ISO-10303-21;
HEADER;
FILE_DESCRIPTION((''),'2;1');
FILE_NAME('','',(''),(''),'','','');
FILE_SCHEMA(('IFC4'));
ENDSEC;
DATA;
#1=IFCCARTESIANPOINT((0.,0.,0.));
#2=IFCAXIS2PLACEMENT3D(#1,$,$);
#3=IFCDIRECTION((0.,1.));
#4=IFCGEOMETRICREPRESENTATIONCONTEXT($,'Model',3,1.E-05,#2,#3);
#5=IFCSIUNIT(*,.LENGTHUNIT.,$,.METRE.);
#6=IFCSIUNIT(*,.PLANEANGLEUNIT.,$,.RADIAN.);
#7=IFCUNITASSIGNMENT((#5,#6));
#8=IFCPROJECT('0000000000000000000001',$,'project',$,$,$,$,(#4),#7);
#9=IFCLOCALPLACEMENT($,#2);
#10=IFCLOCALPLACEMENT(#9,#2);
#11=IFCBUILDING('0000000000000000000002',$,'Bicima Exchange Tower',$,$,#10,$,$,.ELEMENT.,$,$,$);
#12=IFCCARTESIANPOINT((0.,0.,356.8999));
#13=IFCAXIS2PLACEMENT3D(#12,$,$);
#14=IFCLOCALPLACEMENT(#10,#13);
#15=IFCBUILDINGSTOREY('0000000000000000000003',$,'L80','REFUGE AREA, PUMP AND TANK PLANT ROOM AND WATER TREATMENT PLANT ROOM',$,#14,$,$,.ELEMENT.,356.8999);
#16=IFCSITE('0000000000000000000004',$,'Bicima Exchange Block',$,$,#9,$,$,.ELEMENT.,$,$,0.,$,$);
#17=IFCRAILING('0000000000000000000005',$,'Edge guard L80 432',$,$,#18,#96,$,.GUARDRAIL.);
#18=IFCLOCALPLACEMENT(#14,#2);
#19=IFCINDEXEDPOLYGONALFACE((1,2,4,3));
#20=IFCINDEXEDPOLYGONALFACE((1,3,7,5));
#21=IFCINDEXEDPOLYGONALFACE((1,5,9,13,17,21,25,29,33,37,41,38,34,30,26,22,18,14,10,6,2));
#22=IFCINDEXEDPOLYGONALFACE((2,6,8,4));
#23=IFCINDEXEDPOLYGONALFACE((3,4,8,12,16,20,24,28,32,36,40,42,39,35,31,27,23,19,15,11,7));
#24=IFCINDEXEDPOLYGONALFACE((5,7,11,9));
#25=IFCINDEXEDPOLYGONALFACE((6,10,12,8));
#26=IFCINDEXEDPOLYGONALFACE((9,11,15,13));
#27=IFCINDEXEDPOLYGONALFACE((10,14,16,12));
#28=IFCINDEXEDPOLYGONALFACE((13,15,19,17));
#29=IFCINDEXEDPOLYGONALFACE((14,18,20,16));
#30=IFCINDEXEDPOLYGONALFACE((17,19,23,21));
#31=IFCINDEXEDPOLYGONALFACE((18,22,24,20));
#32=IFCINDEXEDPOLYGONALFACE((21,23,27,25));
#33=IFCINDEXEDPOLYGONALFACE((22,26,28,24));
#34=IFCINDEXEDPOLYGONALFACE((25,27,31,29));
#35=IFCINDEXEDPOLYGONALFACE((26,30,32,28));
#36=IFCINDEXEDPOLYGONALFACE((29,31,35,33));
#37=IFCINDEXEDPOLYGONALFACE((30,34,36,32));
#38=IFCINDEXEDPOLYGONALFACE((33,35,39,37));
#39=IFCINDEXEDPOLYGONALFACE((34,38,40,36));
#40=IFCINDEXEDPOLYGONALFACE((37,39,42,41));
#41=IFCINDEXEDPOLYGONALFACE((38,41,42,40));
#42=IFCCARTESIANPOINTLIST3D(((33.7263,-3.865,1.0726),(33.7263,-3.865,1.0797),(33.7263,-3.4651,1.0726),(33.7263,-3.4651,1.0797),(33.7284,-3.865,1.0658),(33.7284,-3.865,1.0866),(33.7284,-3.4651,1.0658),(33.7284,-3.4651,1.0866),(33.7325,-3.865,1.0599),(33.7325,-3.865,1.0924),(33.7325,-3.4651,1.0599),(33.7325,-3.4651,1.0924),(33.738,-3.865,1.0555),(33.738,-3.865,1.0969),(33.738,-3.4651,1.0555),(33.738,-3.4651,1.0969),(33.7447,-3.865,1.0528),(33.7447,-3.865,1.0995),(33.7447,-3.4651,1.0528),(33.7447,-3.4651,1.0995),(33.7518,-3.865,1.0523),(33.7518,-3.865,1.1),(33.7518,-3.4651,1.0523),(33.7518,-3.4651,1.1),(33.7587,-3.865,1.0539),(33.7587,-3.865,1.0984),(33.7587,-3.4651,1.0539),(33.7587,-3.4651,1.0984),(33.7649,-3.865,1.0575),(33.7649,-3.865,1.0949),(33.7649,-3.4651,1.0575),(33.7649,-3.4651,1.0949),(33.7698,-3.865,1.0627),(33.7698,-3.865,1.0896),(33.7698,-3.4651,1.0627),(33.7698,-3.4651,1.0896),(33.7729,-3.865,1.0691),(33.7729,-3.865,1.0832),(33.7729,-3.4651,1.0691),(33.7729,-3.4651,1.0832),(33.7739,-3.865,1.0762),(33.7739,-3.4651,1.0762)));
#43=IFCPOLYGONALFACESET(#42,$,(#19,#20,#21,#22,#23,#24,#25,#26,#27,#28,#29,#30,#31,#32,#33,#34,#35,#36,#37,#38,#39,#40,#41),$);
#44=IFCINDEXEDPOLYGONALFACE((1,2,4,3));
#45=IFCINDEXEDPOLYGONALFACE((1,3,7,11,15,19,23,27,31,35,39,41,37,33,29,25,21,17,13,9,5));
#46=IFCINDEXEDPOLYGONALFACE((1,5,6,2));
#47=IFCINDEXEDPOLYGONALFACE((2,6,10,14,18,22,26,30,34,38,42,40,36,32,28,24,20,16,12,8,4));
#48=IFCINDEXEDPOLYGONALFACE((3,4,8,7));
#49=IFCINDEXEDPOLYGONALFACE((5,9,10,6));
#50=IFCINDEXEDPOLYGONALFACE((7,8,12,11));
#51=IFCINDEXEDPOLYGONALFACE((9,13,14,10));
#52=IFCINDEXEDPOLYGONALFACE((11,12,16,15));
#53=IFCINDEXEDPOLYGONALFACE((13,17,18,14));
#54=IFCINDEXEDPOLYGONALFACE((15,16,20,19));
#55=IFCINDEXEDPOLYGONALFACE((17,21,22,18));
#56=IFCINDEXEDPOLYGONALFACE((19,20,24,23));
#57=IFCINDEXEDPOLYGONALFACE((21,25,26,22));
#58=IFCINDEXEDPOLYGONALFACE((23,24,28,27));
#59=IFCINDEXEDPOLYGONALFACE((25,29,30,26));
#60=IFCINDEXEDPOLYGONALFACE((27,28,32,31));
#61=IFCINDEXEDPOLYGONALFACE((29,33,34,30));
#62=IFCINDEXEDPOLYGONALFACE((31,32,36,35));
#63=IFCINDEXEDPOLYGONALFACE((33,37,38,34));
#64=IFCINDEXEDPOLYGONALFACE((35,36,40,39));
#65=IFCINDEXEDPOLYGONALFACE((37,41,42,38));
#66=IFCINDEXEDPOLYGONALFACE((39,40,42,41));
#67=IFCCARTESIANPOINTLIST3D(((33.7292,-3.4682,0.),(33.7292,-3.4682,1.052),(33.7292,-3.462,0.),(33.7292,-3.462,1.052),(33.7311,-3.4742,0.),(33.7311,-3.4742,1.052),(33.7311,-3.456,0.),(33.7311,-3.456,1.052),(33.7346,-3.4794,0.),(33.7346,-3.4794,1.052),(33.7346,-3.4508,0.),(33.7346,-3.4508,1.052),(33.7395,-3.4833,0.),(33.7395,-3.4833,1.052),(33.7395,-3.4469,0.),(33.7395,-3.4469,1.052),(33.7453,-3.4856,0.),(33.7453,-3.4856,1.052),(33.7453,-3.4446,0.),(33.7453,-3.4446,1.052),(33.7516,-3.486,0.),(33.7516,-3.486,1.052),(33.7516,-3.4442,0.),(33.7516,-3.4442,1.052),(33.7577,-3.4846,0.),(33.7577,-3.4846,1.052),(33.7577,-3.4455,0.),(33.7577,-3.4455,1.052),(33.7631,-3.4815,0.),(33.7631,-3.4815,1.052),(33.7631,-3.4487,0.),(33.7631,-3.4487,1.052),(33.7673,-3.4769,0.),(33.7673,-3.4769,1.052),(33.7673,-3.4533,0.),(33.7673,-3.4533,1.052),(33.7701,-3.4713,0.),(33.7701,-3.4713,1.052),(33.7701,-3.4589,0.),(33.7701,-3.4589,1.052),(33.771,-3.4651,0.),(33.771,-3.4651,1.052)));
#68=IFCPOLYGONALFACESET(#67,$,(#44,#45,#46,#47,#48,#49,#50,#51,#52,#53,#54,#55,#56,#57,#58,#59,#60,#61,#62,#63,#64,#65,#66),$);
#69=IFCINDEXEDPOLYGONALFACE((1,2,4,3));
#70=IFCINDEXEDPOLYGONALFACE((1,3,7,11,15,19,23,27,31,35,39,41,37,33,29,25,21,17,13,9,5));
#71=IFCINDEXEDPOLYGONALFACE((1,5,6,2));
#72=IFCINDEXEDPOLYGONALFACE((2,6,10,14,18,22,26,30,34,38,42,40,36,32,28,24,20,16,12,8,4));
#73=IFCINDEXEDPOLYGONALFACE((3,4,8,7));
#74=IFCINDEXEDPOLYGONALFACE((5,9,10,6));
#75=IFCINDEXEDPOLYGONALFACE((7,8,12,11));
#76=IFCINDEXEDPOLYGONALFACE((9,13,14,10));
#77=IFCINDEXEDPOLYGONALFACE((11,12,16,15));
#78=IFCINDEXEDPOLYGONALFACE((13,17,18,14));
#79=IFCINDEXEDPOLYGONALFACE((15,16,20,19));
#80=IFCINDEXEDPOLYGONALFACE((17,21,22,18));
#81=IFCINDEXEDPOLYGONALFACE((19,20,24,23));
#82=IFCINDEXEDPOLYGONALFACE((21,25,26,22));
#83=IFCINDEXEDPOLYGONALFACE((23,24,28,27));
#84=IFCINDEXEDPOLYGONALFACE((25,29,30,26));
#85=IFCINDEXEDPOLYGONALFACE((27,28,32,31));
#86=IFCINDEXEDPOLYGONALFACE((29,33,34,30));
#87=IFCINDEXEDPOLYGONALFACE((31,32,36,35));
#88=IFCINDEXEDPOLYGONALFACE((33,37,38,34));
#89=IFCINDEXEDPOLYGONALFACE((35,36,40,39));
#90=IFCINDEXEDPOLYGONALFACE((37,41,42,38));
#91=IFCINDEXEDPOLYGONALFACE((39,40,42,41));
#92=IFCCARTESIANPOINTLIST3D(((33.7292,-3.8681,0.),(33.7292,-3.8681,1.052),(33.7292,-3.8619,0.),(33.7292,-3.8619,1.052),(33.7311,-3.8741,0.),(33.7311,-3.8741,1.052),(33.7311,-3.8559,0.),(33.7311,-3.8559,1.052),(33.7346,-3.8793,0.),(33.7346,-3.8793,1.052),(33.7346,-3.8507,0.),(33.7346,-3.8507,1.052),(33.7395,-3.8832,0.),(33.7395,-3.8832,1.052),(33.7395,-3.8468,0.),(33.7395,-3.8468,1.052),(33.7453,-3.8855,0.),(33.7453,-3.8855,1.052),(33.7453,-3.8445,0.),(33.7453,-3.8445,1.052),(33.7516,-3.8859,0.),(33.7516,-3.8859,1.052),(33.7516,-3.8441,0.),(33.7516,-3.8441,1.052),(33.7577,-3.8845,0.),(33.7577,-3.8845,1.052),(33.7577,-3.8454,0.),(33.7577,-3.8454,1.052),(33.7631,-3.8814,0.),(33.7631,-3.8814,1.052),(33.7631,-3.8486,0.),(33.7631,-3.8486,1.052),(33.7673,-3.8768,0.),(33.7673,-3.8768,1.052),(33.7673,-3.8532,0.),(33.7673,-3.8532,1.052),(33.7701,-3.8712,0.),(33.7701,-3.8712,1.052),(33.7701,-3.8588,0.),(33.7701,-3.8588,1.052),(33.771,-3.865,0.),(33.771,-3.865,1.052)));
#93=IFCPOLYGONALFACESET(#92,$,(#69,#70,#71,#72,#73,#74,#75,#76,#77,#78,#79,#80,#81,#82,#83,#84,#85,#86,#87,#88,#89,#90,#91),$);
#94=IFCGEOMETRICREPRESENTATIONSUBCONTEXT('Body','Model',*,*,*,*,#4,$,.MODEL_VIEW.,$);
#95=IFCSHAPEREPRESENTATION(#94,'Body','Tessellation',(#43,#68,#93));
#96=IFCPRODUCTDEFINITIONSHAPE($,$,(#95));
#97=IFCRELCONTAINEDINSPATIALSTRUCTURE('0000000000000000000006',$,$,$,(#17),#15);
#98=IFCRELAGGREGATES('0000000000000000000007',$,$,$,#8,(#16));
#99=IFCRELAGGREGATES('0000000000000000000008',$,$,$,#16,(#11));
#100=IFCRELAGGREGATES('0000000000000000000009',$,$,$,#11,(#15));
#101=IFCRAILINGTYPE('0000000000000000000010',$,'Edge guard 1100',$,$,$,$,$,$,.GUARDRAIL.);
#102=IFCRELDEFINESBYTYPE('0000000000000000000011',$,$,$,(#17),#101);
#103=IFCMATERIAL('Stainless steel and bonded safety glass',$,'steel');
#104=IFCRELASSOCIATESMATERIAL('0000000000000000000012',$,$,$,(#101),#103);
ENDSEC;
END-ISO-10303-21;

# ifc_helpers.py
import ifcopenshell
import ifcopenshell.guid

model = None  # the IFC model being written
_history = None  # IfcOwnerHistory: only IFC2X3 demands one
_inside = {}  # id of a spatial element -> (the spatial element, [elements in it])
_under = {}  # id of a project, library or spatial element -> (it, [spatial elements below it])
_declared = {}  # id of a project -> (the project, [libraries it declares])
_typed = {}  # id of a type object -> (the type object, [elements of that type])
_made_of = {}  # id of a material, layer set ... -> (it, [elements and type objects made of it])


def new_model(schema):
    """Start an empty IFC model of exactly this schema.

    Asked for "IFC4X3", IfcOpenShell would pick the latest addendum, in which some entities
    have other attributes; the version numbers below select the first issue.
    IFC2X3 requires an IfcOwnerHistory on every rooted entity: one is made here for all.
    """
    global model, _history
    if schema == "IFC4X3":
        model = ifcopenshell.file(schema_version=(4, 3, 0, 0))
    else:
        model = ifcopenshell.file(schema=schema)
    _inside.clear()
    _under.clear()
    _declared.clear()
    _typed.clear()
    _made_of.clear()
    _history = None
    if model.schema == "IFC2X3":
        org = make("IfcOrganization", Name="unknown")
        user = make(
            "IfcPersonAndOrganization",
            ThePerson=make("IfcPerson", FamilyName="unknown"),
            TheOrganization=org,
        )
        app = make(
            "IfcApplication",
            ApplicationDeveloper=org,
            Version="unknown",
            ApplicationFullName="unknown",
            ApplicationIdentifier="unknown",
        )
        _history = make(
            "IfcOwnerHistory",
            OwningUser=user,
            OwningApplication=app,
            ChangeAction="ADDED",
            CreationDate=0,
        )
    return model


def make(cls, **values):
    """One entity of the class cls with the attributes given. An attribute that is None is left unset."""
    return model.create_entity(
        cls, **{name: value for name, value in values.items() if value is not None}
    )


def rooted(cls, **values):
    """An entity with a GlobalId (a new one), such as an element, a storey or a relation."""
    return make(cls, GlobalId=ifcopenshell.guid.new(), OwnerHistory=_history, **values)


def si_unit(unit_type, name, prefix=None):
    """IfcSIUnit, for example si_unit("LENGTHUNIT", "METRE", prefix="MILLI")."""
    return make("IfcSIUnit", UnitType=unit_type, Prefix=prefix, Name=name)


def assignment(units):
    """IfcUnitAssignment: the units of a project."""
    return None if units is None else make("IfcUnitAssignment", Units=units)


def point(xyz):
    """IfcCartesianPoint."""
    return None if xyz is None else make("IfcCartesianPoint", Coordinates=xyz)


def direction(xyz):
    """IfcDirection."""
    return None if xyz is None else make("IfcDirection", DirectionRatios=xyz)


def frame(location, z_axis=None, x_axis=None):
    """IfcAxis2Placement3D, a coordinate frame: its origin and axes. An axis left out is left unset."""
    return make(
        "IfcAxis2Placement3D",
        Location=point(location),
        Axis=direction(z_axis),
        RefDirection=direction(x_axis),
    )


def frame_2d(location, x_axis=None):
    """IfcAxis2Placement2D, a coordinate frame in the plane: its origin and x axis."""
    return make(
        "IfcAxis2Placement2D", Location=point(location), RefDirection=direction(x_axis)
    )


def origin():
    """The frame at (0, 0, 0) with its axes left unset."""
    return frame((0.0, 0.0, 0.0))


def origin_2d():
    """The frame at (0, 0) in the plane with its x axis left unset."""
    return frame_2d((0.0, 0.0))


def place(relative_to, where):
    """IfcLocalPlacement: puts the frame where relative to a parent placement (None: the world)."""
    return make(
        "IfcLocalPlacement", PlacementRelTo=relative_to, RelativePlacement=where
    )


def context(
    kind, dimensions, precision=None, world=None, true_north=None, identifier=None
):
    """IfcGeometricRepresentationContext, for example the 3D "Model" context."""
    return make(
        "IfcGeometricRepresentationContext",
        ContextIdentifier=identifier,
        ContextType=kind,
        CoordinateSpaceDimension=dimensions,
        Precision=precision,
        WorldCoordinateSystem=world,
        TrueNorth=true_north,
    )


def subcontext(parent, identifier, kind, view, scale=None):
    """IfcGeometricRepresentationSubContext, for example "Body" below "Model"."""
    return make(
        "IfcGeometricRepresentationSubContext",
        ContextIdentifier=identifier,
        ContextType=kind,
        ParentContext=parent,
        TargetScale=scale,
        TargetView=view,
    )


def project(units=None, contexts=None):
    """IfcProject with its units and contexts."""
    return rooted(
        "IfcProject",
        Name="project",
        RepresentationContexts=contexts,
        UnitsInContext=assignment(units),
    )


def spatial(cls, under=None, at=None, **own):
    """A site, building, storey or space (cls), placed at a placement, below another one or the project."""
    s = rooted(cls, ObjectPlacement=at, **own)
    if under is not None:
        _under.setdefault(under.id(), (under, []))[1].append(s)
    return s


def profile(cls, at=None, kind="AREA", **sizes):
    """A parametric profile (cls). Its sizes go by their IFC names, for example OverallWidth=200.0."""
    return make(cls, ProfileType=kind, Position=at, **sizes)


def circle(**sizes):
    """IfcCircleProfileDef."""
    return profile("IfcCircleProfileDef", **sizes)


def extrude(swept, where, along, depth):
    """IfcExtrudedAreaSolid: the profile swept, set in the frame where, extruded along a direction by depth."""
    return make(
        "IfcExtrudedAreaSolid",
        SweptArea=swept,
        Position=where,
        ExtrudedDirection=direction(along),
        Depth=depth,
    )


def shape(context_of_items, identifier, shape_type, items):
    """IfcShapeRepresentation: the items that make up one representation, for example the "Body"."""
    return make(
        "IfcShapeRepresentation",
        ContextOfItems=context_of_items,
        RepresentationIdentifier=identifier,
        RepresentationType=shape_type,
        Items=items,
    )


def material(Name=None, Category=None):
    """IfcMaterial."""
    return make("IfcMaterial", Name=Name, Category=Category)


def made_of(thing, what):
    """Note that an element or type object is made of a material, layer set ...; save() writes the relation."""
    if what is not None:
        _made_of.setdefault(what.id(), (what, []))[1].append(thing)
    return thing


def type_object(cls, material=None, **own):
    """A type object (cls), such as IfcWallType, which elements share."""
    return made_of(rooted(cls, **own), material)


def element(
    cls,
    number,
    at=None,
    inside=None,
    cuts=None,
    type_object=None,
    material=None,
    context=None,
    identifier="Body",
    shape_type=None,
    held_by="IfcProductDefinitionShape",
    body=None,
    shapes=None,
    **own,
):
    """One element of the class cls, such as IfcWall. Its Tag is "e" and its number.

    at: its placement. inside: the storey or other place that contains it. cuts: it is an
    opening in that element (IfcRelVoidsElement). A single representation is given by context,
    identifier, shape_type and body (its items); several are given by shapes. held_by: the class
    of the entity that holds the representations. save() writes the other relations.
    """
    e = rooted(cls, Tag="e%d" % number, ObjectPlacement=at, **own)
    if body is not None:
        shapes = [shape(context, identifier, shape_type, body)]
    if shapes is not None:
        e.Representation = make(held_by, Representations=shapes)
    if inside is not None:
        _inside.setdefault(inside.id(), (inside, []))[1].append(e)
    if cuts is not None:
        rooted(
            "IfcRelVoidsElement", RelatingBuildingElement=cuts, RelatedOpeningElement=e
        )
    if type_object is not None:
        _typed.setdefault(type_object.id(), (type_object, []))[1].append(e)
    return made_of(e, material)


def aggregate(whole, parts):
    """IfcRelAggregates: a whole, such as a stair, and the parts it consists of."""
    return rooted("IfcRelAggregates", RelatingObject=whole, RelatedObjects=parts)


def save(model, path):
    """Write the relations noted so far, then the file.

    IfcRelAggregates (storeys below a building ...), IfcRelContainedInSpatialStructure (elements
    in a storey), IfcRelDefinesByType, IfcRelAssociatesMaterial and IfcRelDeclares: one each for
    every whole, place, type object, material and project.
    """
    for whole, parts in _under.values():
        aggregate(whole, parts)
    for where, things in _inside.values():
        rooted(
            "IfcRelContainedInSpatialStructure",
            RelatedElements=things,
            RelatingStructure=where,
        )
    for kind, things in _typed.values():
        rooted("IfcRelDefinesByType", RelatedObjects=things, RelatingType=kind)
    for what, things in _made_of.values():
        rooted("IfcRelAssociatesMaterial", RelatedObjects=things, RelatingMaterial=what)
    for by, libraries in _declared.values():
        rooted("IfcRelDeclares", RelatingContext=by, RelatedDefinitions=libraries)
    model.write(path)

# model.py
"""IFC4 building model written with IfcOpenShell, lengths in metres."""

from ifc_helpers import new_model, si_unit, direction, frame, origin, origin_2d, place, context, subcontext, project, spatial, circle, extrude, material, type_object, element, save


model = new_model("IFC4")

# Units and contexts
model_context = context("Model", 3, precision=1e-05, world=origin(), true_north=direction((0.0, 1.0)))
body_context = subcontext(model_context, "Body", "Model", "MODEL_VIEW")
ifc_project = project(units=[si_unit("LENGTHUNIT", "METRE"), si_unit("PLANEANGLEUNIT", "RADIAN")], contexts=[model_context])

# Site, building, storey
site_placement = place(None, origin())
site = spatial("IfcSite", under=ifc_project, at=site_placement, Name="Bicima Exchange Block", CompositionType="ELEMENT", RefElevation=0.0)
building_placement = place(site_placement, origin())
building = spatial("IfcBuilding", under=site, at=building_placement, Name="Bicima Exchange Tower", CompositionType="ELEMENT")
storey_placement = place(building_placement, frame((0.0, 0.0, 356.8999)))
storey = spatial("IfcBuildingStorey", under=building, at=storey_placement, Name="L80", Description="REFUGE AREA, PUMP AND TANK PLANT ROOM AND WATER TREATMENT PLANT ROOM", CompositionType="ELEMENT", Elevation=356.8999)

# Railing
ifc_material_1 = material(Name="Stainless steel and bonded safety glass", Category="steel")
railing_type = type_object("IfcRailingType", Name="Edge guard 1100", PredefinedType="GUARDRAIL", material=ifc_material_1)
railing_1_placement = place(storey_placement, frame((33.75, -3.4651, 0.0)))
element("IfcRailing", 1, at=railing_1_placement, inside=storey, type_object=railing_type, Name="Edge guard L80 432", PredefinedType="GUARDRAIL", context=body_context, shape_type="SweptSolid", body=[
    extrude(circle(Radius=0.0239, at=origin_2d()), frame((0.0, 0.0, 1.0762), z_axis=(0.0, -1.0, 0.0), x_axis=(1.0, 0.0, 0.0)), (0.0, 0.0, 1.0), 0.3999),
    extrude(circle(Radius=0.021, at=origin_2d()), origin(), (0.0, 0.0, 1.0), 1.052),
    extrude(circle(Radius=0.021, at=origin_2d()), frame((0.0, -0.3999, 0.0)), (0.0, 0.0, 1.0), 1.052),
])

save(model, "model.ifc")
